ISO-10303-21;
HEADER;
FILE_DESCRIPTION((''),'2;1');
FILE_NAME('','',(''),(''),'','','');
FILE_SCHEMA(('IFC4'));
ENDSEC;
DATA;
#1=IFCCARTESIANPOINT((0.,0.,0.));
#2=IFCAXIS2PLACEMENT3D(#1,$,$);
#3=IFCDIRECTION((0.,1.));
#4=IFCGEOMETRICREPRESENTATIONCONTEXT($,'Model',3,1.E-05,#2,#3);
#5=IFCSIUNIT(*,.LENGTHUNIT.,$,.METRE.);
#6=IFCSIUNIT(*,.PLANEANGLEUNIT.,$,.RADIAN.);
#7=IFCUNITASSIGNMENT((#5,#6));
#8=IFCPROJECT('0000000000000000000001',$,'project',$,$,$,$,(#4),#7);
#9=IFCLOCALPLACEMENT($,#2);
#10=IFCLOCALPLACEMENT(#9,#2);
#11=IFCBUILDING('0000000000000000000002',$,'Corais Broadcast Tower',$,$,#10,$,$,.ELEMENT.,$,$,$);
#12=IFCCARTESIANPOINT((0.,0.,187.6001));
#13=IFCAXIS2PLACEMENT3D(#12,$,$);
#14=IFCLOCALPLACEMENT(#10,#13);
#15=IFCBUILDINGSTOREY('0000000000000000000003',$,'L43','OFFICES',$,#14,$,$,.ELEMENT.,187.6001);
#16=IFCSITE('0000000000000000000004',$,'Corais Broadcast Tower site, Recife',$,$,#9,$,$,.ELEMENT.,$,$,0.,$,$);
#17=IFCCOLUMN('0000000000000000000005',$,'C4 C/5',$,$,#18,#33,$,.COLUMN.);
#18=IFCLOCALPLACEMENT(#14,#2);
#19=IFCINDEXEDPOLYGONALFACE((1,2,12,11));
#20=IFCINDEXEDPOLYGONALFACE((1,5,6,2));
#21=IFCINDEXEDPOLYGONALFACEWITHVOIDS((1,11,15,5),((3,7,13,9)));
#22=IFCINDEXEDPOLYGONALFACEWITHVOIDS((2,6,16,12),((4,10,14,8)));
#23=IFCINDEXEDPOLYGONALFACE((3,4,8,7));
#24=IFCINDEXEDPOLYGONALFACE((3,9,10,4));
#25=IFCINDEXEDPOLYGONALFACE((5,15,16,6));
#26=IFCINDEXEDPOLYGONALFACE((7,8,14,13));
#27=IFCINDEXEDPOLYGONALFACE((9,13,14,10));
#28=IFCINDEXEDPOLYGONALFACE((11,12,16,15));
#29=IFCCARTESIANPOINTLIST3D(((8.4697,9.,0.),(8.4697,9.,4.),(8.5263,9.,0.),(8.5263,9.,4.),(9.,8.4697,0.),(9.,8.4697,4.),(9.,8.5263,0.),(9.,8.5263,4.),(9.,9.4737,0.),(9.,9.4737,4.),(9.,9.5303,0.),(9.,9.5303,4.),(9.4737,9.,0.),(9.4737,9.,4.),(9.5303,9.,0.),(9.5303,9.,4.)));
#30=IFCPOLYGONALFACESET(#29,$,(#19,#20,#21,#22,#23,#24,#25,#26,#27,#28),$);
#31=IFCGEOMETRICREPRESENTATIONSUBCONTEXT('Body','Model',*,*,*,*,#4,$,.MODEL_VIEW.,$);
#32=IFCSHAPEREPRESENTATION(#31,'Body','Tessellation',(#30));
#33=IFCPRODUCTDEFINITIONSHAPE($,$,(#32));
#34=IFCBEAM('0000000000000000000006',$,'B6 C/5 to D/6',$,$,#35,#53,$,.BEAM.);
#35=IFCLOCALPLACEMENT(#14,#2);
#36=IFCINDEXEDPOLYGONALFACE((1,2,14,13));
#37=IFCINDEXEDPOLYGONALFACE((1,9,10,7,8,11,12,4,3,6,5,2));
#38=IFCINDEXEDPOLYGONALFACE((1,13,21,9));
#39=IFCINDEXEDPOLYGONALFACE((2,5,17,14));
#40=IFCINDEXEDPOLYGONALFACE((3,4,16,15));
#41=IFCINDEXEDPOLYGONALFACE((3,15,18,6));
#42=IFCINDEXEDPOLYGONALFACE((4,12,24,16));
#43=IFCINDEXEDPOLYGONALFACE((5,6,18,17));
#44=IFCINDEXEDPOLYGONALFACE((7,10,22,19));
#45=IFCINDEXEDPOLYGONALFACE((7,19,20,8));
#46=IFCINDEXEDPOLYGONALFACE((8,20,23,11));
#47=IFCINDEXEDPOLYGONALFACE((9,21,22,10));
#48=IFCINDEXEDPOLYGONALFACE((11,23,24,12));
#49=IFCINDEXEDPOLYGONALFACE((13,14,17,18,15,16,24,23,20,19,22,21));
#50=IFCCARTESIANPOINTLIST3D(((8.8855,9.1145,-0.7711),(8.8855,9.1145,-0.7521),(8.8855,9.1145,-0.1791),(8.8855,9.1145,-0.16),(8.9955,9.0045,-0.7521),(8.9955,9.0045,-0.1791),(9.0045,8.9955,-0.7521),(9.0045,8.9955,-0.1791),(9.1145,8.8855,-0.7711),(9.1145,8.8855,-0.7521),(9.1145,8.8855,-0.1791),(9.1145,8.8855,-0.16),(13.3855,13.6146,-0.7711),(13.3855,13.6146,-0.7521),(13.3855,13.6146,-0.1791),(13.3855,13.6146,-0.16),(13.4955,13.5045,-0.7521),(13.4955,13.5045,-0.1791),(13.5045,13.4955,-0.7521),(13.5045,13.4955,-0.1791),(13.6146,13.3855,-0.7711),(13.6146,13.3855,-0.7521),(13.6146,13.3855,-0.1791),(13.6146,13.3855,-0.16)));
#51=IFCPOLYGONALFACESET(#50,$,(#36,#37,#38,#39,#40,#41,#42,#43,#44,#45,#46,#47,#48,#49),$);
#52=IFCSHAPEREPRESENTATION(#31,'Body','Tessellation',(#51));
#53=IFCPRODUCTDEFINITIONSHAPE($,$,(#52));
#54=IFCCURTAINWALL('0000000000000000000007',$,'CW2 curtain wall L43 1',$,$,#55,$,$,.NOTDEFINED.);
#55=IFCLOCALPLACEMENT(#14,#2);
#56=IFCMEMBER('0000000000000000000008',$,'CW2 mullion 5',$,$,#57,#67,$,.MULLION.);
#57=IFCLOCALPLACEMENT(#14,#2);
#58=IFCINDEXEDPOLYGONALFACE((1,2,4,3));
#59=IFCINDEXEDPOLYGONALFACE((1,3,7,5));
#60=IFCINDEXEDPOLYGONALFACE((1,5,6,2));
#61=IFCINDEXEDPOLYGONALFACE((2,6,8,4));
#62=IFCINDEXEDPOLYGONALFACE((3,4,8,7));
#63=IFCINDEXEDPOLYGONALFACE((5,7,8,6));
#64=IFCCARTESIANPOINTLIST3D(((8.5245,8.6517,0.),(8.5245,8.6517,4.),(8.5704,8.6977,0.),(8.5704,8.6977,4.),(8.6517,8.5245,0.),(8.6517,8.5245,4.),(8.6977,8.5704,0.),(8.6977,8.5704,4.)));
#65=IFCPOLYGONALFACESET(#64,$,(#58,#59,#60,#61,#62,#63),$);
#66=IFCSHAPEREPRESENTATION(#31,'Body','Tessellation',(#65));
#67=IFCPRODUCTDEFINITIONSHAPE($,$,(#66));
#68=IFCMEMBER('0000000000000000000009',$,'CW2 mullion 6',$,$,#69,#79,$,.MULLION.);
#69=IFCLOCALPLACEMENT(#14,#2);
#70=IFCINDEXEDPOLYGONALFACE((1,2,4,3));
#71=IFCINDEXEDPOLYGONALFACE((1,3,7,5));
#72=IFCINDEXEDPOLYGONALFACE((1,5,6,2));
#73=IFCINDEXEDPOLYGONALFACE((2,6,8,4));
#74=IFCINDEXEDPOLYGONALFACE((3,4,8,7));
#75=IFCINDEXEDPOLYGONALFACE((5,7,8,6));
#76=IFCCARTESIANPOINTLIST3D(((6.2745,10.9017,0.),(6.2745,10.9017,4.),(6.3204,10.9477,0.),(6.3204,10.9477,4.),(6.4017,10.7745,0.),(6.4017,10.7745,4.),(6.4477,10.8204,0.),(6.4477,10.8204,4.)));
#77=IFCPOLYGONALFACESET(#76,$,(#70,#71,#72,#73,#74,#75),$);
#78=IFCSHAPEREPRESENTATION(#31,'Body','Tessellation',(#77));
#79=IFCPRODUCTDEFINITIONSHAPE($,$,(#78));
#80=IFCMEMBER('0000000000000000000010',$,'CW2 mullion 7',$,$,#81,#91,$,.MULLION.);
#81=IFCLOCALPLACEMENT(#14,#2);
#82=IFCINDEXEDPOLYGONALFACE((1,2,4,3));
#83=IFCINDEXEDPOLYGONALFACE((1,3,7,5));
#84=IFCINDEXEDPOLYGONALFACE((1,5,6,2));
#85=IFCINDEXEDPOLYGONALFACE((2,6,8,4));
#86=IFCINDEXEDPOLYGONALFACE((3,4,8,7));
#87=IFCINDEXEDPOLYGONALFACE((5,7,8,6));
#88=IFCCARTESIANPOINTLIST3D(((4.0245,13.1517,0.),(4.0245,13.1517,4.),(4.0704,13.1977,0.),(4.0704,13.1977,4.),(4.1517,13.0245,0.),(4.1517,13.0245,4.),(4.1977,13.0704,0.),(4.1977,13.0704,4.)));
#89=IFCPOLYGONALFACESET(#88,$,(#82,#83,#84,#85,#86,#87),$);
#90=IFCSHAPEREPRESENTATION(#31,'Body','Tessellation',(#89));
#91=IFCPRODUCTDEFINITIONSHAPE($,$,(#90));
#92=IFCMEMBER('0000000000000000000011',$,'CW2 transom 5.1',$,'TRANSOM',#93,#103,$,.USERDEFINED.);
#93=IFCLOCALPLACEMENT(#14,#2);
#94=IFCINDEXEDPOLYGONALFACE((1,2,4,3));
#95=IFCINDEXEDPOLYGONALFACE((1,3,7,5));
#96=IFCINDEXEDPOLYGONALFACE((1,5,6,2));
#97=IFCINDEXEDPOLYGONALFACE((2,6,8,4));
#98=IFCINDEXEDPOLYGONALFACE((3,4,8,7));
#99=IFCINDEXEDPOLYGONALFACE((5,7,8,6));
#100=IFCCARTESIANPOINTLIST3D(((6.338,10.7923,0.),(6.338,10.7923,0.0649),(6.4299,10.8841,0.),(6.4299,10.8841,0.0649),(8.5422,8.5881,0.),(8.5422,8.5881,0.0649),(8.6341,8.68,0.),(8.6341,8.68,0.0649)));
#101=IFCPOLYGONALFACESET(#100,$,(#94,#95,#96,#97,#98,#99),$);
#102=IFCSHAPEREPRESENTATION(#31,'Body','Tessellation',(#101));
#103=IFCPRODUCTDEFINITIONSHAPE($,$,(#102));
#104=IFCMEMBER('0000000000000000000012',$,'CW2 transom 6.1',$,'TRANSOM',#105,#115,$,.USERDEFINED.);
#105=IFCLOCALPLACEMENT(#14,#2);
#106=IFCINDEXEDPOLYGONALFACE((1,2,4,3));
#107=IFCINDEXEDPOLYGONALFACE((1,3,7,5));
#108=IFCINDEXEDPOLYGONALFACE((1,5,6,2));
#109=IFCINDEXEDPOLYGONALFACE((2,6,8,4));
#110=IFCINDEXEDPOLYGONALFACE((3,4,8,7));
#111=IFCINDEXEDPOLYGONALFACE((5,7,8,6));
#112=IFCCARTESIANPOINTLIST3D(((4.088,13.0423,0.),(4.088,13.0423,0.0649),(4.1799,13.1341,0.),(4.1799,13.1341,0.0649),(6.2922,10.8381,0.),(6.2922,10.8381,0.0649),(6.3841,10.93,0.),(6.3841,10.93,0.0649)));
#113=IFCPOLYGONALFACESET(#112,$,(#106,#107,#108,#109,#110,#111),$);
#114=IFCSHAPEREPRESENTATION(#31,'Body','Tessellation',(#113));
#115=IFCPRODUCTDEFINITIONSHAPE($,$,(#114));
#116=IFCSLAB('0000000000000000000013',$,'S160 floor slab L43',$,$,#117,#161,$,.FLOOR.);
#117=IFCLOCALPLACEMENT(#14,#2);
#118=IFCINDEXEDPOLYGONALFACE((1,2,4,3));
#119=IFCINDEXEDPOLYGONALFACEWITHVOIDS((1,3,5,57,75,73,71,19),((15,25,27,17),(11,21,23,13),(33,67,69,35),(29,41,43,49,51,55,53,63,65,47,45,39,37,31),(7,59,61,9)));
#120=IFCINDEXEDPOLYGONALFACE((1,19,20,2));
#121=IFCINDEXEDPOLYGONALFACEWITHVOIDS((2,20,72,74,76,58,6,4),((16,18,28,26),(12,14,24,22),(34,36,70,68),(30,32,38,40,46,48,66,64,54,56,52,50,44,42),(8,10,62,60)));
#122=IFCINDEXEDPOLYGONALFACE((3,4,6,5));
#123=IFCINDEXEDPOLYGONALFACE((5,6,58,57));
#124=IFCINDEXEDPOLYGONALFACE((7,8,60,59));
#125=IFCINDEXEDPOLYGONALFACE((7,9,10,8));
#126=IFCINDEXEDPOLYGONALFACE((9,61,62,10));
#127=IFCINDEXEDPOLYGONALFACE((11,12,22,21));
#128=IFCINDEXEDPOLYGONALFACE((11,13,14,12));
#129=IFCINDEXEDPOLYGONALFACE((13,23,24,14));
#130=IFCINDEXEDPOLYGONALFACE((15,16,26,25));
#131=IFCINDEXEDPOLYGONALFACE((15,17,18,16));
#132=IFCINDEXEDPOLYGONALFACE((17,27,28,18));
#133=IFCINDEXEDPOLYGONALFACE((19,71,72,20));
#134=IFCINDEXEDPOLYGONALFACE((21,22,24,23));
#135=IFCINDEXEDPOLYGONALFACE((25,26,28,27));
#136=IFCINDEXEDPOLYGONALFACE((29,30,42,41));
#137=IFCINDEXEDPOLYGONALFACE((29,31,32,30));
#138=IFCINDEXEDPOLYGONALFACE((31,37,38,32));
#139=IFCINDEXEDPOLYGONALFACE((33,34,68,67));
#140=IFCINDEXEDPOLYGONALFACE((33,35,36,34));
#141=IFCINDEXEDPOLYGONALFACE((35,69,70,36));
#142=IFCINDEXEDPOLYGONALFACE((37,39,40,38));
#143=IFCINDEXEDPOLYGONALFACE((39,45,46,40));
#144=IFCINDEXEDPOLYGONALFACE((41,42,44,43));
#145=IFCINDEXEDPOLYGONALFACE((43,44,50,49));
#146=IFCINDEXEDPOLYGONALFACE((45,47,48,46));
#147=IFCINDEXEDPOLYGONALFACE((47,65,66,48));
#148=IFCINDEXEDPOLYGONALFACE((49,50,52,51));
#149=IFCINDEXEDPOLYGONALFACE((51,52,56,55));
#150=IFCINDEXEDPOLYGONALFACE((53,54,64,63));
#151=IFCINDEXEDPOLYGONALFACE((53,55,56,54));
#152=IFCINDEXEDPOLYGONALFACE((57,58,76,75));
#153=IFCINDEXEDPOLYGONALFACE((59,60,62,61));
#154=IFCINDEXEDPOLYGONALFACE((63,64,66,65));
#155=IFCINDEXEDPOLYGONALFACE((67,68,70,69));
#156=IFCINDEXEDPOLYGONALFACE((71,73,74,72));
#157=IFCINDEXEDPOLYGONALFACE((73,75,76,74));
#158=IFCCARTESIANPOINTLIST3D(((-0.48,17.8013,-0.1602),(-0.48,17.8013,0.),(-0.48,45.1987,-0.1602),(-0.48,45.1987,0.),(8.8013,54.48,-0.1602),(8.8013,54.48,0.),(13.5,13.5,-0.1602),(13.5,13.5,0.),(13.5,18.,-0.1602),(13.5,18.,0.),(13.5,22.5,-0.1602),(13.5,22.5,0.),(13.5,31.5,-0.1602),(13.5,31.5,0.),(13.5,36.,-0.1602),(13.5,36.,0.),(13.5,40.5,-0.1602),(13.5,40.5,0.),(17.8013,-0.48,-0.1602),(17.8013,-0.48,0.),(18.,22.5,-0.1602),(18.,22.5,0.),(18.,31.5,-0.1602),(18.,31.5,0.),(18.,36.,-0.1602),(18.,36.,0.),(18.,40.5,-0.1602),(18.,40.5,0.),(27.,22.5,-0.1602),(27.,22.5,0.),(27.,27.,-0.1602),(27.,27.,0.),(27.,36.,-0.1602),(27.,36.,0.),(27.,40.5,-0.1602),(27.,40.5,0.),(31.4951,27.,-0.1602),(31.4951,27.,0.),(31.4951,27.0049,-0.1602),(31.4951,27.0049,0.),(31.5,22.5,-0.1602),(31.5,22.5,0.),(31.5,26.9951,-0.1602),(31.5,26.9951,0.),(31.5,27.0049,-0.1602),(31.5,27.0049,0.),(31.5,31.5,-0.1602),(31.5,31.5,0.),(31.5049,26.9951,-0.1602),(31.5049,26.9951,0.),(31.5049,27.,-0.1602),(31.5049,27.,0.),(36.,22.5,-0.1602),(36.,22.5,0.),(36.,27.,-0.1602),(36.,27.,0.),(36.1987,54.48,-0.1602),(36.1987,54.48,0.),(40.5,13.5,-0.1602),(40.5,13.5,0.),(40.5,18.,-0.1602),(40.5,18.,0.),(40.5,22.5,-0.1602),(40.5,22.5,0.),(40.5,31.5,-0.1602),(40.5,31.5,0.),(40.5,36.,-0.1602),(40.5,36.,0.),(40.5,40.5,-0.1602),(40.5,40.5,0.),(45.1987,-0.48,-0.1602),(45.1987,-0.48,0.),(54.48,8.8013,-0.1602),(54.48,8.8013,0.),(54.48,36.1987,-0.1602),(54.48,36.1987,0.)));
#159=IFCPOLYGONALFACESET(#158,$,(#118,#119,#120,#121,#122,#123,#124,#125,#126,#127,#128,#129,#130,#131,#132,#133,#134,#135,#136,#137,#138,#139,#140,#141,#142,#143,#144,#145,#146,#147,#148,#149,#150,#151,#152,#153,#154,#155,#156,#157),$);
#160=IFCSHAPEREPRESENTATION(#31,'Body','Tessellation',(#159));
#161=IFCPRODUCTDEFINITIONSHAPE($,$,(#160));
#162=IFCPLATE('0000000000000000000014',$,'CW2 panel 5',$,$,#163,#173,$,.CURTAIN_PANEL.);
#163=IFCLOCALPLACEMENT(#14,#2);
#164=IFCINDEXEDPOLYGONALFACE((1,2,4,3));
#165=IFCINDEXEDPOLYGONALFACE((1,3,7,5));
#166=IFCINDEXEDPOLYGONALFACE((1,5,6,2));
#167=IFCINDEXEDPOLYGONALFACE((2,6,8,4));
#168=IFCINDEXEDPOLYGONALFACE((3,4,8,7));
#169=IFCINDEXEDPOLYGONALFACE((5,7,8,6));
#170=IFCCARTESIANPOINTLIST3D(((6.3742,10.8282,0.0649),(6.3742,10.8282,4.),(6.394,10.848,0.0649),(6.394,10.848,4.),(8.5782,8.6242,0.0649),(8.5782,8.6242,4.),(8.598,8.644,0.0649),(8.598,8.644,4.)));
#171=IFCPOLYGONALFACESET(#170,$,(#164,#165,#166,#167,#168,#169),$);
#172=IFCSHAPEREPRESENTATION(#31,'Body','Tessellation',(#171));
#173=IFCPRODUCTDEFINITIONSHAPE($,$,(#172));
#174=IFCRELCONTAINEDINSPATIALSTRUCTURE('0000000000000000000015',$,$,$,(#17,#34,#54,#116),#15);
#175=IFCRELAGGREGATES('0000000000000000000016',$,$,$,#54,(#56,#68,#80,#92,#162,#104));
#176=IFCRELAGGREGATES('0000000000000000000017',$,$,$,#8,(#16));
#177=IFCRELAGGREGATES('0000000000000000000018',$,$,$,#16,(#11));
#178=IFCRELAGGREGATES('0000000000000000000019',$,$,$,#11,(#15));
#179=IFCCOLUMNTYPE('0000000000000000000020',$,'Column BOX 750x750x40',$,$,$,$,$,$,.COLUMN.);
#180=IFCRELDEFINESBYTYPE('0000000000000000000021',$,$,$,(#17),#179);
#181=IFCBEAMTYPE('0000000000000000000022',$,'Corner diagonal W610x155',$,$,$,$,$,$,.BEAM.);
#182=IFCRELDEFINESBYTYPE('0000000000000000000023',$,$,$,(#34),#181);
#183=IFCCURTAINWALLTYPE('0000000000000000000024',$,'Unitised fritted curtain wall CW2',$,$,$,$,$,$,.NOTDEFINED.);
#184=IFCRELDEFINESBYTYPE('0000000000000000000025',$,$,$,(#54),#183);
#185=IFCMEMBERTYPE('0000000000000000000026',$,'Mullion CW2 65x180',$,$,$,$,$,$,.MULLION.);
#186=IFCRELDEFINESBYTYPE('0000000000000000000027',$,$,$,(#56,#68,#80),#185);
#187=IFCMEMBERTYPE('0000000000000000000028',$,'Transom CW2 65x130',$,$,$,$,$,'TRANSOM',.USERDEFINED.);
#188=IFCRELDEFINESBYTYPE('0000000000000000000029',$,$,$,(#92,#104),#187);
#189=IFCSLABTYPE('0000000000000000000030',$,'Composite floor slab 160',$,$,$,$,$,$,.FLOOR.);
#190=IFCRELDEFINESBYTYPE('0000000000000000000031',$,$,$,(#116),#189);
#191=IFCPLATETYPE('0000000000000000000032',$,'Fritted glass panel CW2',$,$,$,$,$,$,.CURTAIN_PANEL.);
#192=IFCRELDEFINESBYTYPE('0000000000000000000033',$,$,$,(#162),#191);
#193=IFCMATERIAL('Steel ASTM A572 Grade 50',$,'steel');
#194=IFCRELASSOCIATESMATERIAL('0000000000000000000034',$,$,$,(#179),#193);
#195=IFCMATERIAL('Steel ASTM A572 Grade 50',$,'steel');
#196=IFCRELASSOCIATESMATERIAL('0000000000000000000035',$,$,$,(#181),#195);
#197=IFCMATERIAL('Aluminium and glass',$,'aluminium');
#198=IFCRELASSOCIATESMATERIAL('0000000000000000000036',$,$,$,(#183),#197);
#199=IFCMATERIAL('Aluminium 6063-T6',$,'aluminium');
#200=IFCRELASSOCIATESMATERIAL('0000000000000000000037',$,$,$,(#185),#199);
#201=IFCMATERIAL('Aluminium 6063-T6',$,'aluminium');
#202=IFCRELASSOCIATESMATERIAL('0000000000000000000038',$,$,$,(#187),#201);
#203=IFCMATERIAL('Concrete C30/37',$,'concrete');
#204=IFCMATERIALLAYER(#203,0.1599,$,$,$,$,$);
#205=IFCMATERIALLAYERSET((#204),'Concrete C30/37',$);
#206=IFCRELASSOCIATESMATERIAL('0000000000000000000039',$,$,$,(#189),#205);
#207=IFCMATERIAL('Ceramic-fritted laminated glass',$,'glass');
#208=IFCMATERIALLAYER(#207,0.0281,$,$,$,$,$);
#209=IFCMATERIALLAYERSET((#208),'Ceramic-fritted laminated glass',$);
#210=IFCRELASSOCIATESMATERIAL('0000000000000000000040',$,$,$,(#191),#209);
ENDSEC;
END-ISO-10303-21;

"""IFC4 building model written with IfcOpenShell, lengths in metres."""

from ifc_helpers import new_model, si_unit, direction, frame, origin, origin_2d, place, context, subcontext, project, spatial, polyline, rectangle, hollow_rectangle, i_section, outline, extrude, material, layer, layer_set, material_profile, profile_set, type_object, element, aggregate, save


model = new_model("IFC4")

# Units and contexts
model_context = context("Model", 3, precision=1e-05, world=origin(), true_north=direction((0.0, 1.0)))
body_context = subcontext(model_context, "Body", "Model", "MODEL_VIEW")
ifc_project = project(units=[si_unit("LENGTHUNIT", "METRE"), si_unit("PLANEANGLEUNIT", "RADIAN")], contexts=[model_context])

# Site, building, storey
site_placement = place(None, origin())
site = spatial("IfcSite", under=ifc_project, at=site_placement, Name="Corais Broadcast Tower site, Recife", CompositionType="ELEMENT", RefElevation=0.0)
building_placement = place(site_placement, origin())
building = spatial("IfcBuilding", under=site, at=building_placement, Name="Corais Broadcast Tower", CompositionType="ELEMENT")
storey_placement = place(building_placement, frame((0.0, 0.0, 187.6001)))
storey = spatial("IfcBuildingStorey", under=building, at=storey_placement, Name="L43", Description="OFFICES", CompositionType="ELEMENT", Elevation=187.6001)

# Column
ifc_material_1 = material(Name="Steel ASTM A572 Grade 50", Category="steel")
ifc_material_profile_1 = material_profile(ifc_material_1, hollow_rectangle(XDim=0.75, YDim=0.75, WallThickness=0.04, at=origin_2d()), Name="BOX 750x750x40")
ifc_profile_set_1 = profile_set([ifc_material_profile_1], Name="Steel ASTM A572 Grade 50")
column_type = type_object("IfcColumnType", Name="Column BOX 750x750x40", PredefinedType="COLUMN", material=ifc_profile_set_1)
column_placement = place(storey_placement, frame((9.0, 9.0, 0.0), z_axis=(0.0, 0.0, 1.0), x_axis=(0.707107, 0.707107, 0.0)))
element("IfcColumn", 1, at=column_placement, inside=storey, type_object=column_type, Name="C4 C/5", PredefinedType="COLUMN", context=body_context, shape_type="SweptSolid", body=[
    extrude(hollow_rectangle(XDim=0.75, YDim=0.75, WallThickness=0.04, at=origin_2d()), origin(), (0.0, 0.0, 1.0), 4.0),
])

# Beam
ifc_material_2 = material(Name="Steel ASTM A572 Grade 50", Category="steel")
ifc_material_profile_2 = material_profile(ifc_material_2, i_section(OverallWidth=0.324, OverallDepth=0.6111, WebThickness=0.0127, FlangeThickness=0.019, at=origin_2d()), Name="W610x155")
ifc_profile_set_2 = profile_set([ifc_material_profile_2], Name="Steel ASTM A572 Grade 50")
beam_type = type_object("IfcBeamType", Name="Corner diagonal W610x155", PredefinedType="BEAM", material=ifc_profile_set_2)
beam_placement = place(storey_placement, frame((9.0, 9.0, -0.4656), z_axis=(0.707107, 0.707107, 0.0), x_axis=(-0.707107, 0.707107, 0.0)))
element("IfcBeam", 2, at=beam_placement, inside=storey, type_object=beam_type, Name="B6 C/5 to D/6", PredefinedType="BEAM", context=body_context, shape_type="SweptSolid", body=[
    extrude(i_section(OverallWidth=0.324, OverallDepth=0.6111, WebThickness=0.0127, FlangeThickness=0.019, at=origin_2d()), origin(), (0.0, 0.0, 1.0), 6.364),
])

# Curtain wall, members
ifc_material_3 = material(Name="Aluminium and glass", Category="aluminium")
curtain_wall_type = type_object("IfcCurtainWallType", Name="Unitised fritted curtain wall CW2", PredefinedType="NOTDEFINED", material=ifc_material_3)
curtain_wall_placement = place(storey_placement, origin())
curtain_wall = element("IfcCurtainWall", 3, at=curtain_wall_placement, inside=storey, type_object=curtain_wall_type, Name="CW2 curtain wall L43 1", PredefinedType="NOTDEFINED")
ifc_material_4 = material(Name="Aluminium 6063-T6", Category="aluminium")
ifc_material_profile_3 = material_profile(ifc_material_4, rectangle(XDim=0.0649, YDim=0.1799, at=origin_2d()), Name="Mullion CW2 65x180")
ifc_profile_set_3 = profile_set([ifc_material_profile_3], Name="Aluminium 6063-T6")
member_type_1 = type_object("IfcMemberType", Name="Mullion CW2 65x180", PredefinedType="MULLION", material=ifc_profile_set_3)
member_1_placement = place(storey_placement, frame((8.6111, 8.6111, 0.0), z_axis=(0.0, 0.0, 1.0), x_axis=(-0.707107, -0.707107, 0.0)))
member_1 = element("IfcMember", 4, at=member_1_placement, type_object=member_type_1, Name="CW2 mullion 5", PredefinedType="MULLION", context=body_context, shape_type="SweptSolid", body=[
    extrude(rectangle(XDim=0.0649, YDim=0.1799, at=origin_2d()), origin(), (0.0, 0.0, 1.0), 4.0),
])
member_2_placement = place(storey_placement, frame((6.3611, 10.8611, 0.0), z_axis=(0.0, 0.0, 1.0), x_axis=(-0.707107, -0.707107, 0.0)))
member_2 = element("IfcMember", 5, at=member_2_placement, type_object=member_type_1, Name="CW2 mullion 6", PredefinedType="MULLION", context=body_context, shape_type="SweptSolid", body=[
    extrude(rectangle(XDim=0.0649, YDim=0.1799, at=origin_2d()), origin(), (0.0, 0.0, 1.0), 4.0),
])
member_3_placement = place(storey_placement, frame((4.1111, 13.1111, 0.0), z_axis=(0.0, 0.0, 1.0), x_axis=(-0.707107, -0.707107, 0.0)))
member_3 = element("IfcMember", 6, at=member_3_placement, type_object=member_type_1, Name="CW2 mullion 7", PredefinedType="MULLION", context=body_context, shape_type="SweptSolid", body=[
    extrude(rectangle(XDim=0.0649, YDim=0.1799, at=origin_2d()), origin(), (0.0, 0.0, 1.0), 4.0),
])
ifc_material_5 = material(Name="Aluminium 6063-T6", Category="aluminium")
ifc_material_profile_4 = material_profile(ifc_material_5, rectangle(XDim=0.1299, YDim=0.0649, at=origin_2d()), Name="Transom CW2 65x130")
ifc_profile_set_4 = profile_set([ifc_material_profile_4], Name="Aluminium 6063-T6")
member_type_2 = type_object("IfcMemberType", Name="Transom CW2 65x130", ElementType="TRANSOM", PredefinedType="USERDEFINED", material=ifc_profile_set_4)
member_4_placement = place(storey_placement, frame((8.5881, 8.634, 0.0325), z_axis=(-0.707107, 0.707107, 0.0), x_axis=(-0.707107, -0.707107, 0.0)))
member_4 = element("IfcMember", 7, at=member_4_placement, type_object=member_type_2, Name="CW2 transom 5.1", ObjectType="TRANSOM", PredefinedType="USERDEFINED", context=body_context, shape_type="SweptSolid", body=[
    extrude(rectangle(XDim=0.1299, YDim=0.0649, at=origin_2d()), origin(), (0.0, 0.0, 1.0), 3.1172),
])
member_5_placement = place(storey_placement, frame((6.3381, 10.884, 0.0325), z_axis=(-0.707107, 0.707107, 0.0), x_axis=(-0.707107, -0.707107, 0.0)))
member_5 = element("IfcMember", 8, at=member_5_placement, type_object=member_type_2, Name="CW2 transom 6.1", ObjectType="TRANSOM", PredefinedType="USERDEFINED", context=body_context, shape_type="SweptSolid", body=[
    extrude(rectangle(XDim=0.1299, YDim=0.0649, at=origin_2d()), origin(), (0.0, 0.0, 1.0), 3.1172),
])

# Slab
ifc_material_6 = material(Name="Concrete C30/37", Category="concrete")
ifc_layer_1 = layer(ifc_material_6, 0.1599)
ifc_layer_set_1 = layer_set([ifc_layer_1], Name="Concrete C30/37")
slab_type_1 = type_object("IfcSlabType", Name="Composite floor slab 160", PredefinedType="FLOOR", material=ifc_layer_set_1)
slab_1_placement = place(storey_placement, frame((0.0, 0.0, -0.1602)))
element("IfcSlab", 9, at=slab_1_placement, inside=storey, type_object=slab_type_1, Name="S160 floor slab L43", PredefinedType="FLOOR", context=body_context, shape_type="SweptSolid", body=[
    extrude(outline(polyline([(17.8013, -0.48), (-0.48, 17.8013), (-0.48, 45.1987), (8.8013, 54.48), (36.1987, 54.48), (54.48, 36.1987), (54.48, 8.8013), (45.1987, -0.48), (17.8013, -0.48)]), holes=[polyline([(13.5, 18.0), (40.5, 18.0), (40.5, 13.5), (13.5, 13.5), (13.5, 18.0)]), polyline([(18.0, 22.5), (13.5, 22.5), (13.5, 31.5), (18.0, 31.5), (18.0, 22.5)]), polyline([(18.0, 36.0), (13.5, 36.0), (13.5, 40.5), (18.0, 40.5), (18.0, 36.0)]), polyline([(31.5, 22.5), (27.0, 22.5), (27.0, 27.0), (31.4951, 27.0), (31.4951, 27.0049), (31.5, 27.0049), (31.5, 31.5), (40.5, 31.5), (40.5, 22.5), (36.0, 22.5), (36.0, 27.0), (31.5049, 27.0), (31.5049, 26.9951), (31.5, 26.9951), (31.5, 22.5)]), polyline([(27.0, 40.5), (40.5, 40.5), (40.5, 36.0), (27.0, 36.0), (27.0, 40.5)])]), origin(), (0.0, 0.0, 1.0), 0.1602),
])

# Plate
ifc_material_7 = material(Name="Ceramic-fritted laminated glass", Category="glass")
ifc_layer_2 = layer(ifc_material_7, 0.0281)
ifc_layer_set_2 = layer_set([ifc_layer_2], Name="Ceramic-fritted laminated glass")
plate_type_1 = type_object("IfcPlateType", Name="Fritted glass panel CW2", PredefinedType="CURTAIN_PANEL", material=ifc_layer_set_2)
plate_1_placement = place(storey_placement, frame((7.4861, 9.7361, 0.0649), z_axis=(0.0, 0.0, 1.0), x_axis=(-0.707107, 0.707107, 0.0)))
plate_1 = element("IfcPlate", 10, at=plate_1_placement, type_object=plate_type_1, Name="CW2 panel 5", PredefinedType="CURTAIN_PANEL", context=body_context, shape_type="SweptSolid", body=[
    extrude(rectangle(XDim=3.1169, YDim=0.0281, at=origin_2d()), origin(), (0.0, 0.0, 1.0), 3.9351),
])
aggregate(curtain_wall, [member_1, member_2, member_3, member_4, plate_1, member_5])

save(model, "model.ifc")
